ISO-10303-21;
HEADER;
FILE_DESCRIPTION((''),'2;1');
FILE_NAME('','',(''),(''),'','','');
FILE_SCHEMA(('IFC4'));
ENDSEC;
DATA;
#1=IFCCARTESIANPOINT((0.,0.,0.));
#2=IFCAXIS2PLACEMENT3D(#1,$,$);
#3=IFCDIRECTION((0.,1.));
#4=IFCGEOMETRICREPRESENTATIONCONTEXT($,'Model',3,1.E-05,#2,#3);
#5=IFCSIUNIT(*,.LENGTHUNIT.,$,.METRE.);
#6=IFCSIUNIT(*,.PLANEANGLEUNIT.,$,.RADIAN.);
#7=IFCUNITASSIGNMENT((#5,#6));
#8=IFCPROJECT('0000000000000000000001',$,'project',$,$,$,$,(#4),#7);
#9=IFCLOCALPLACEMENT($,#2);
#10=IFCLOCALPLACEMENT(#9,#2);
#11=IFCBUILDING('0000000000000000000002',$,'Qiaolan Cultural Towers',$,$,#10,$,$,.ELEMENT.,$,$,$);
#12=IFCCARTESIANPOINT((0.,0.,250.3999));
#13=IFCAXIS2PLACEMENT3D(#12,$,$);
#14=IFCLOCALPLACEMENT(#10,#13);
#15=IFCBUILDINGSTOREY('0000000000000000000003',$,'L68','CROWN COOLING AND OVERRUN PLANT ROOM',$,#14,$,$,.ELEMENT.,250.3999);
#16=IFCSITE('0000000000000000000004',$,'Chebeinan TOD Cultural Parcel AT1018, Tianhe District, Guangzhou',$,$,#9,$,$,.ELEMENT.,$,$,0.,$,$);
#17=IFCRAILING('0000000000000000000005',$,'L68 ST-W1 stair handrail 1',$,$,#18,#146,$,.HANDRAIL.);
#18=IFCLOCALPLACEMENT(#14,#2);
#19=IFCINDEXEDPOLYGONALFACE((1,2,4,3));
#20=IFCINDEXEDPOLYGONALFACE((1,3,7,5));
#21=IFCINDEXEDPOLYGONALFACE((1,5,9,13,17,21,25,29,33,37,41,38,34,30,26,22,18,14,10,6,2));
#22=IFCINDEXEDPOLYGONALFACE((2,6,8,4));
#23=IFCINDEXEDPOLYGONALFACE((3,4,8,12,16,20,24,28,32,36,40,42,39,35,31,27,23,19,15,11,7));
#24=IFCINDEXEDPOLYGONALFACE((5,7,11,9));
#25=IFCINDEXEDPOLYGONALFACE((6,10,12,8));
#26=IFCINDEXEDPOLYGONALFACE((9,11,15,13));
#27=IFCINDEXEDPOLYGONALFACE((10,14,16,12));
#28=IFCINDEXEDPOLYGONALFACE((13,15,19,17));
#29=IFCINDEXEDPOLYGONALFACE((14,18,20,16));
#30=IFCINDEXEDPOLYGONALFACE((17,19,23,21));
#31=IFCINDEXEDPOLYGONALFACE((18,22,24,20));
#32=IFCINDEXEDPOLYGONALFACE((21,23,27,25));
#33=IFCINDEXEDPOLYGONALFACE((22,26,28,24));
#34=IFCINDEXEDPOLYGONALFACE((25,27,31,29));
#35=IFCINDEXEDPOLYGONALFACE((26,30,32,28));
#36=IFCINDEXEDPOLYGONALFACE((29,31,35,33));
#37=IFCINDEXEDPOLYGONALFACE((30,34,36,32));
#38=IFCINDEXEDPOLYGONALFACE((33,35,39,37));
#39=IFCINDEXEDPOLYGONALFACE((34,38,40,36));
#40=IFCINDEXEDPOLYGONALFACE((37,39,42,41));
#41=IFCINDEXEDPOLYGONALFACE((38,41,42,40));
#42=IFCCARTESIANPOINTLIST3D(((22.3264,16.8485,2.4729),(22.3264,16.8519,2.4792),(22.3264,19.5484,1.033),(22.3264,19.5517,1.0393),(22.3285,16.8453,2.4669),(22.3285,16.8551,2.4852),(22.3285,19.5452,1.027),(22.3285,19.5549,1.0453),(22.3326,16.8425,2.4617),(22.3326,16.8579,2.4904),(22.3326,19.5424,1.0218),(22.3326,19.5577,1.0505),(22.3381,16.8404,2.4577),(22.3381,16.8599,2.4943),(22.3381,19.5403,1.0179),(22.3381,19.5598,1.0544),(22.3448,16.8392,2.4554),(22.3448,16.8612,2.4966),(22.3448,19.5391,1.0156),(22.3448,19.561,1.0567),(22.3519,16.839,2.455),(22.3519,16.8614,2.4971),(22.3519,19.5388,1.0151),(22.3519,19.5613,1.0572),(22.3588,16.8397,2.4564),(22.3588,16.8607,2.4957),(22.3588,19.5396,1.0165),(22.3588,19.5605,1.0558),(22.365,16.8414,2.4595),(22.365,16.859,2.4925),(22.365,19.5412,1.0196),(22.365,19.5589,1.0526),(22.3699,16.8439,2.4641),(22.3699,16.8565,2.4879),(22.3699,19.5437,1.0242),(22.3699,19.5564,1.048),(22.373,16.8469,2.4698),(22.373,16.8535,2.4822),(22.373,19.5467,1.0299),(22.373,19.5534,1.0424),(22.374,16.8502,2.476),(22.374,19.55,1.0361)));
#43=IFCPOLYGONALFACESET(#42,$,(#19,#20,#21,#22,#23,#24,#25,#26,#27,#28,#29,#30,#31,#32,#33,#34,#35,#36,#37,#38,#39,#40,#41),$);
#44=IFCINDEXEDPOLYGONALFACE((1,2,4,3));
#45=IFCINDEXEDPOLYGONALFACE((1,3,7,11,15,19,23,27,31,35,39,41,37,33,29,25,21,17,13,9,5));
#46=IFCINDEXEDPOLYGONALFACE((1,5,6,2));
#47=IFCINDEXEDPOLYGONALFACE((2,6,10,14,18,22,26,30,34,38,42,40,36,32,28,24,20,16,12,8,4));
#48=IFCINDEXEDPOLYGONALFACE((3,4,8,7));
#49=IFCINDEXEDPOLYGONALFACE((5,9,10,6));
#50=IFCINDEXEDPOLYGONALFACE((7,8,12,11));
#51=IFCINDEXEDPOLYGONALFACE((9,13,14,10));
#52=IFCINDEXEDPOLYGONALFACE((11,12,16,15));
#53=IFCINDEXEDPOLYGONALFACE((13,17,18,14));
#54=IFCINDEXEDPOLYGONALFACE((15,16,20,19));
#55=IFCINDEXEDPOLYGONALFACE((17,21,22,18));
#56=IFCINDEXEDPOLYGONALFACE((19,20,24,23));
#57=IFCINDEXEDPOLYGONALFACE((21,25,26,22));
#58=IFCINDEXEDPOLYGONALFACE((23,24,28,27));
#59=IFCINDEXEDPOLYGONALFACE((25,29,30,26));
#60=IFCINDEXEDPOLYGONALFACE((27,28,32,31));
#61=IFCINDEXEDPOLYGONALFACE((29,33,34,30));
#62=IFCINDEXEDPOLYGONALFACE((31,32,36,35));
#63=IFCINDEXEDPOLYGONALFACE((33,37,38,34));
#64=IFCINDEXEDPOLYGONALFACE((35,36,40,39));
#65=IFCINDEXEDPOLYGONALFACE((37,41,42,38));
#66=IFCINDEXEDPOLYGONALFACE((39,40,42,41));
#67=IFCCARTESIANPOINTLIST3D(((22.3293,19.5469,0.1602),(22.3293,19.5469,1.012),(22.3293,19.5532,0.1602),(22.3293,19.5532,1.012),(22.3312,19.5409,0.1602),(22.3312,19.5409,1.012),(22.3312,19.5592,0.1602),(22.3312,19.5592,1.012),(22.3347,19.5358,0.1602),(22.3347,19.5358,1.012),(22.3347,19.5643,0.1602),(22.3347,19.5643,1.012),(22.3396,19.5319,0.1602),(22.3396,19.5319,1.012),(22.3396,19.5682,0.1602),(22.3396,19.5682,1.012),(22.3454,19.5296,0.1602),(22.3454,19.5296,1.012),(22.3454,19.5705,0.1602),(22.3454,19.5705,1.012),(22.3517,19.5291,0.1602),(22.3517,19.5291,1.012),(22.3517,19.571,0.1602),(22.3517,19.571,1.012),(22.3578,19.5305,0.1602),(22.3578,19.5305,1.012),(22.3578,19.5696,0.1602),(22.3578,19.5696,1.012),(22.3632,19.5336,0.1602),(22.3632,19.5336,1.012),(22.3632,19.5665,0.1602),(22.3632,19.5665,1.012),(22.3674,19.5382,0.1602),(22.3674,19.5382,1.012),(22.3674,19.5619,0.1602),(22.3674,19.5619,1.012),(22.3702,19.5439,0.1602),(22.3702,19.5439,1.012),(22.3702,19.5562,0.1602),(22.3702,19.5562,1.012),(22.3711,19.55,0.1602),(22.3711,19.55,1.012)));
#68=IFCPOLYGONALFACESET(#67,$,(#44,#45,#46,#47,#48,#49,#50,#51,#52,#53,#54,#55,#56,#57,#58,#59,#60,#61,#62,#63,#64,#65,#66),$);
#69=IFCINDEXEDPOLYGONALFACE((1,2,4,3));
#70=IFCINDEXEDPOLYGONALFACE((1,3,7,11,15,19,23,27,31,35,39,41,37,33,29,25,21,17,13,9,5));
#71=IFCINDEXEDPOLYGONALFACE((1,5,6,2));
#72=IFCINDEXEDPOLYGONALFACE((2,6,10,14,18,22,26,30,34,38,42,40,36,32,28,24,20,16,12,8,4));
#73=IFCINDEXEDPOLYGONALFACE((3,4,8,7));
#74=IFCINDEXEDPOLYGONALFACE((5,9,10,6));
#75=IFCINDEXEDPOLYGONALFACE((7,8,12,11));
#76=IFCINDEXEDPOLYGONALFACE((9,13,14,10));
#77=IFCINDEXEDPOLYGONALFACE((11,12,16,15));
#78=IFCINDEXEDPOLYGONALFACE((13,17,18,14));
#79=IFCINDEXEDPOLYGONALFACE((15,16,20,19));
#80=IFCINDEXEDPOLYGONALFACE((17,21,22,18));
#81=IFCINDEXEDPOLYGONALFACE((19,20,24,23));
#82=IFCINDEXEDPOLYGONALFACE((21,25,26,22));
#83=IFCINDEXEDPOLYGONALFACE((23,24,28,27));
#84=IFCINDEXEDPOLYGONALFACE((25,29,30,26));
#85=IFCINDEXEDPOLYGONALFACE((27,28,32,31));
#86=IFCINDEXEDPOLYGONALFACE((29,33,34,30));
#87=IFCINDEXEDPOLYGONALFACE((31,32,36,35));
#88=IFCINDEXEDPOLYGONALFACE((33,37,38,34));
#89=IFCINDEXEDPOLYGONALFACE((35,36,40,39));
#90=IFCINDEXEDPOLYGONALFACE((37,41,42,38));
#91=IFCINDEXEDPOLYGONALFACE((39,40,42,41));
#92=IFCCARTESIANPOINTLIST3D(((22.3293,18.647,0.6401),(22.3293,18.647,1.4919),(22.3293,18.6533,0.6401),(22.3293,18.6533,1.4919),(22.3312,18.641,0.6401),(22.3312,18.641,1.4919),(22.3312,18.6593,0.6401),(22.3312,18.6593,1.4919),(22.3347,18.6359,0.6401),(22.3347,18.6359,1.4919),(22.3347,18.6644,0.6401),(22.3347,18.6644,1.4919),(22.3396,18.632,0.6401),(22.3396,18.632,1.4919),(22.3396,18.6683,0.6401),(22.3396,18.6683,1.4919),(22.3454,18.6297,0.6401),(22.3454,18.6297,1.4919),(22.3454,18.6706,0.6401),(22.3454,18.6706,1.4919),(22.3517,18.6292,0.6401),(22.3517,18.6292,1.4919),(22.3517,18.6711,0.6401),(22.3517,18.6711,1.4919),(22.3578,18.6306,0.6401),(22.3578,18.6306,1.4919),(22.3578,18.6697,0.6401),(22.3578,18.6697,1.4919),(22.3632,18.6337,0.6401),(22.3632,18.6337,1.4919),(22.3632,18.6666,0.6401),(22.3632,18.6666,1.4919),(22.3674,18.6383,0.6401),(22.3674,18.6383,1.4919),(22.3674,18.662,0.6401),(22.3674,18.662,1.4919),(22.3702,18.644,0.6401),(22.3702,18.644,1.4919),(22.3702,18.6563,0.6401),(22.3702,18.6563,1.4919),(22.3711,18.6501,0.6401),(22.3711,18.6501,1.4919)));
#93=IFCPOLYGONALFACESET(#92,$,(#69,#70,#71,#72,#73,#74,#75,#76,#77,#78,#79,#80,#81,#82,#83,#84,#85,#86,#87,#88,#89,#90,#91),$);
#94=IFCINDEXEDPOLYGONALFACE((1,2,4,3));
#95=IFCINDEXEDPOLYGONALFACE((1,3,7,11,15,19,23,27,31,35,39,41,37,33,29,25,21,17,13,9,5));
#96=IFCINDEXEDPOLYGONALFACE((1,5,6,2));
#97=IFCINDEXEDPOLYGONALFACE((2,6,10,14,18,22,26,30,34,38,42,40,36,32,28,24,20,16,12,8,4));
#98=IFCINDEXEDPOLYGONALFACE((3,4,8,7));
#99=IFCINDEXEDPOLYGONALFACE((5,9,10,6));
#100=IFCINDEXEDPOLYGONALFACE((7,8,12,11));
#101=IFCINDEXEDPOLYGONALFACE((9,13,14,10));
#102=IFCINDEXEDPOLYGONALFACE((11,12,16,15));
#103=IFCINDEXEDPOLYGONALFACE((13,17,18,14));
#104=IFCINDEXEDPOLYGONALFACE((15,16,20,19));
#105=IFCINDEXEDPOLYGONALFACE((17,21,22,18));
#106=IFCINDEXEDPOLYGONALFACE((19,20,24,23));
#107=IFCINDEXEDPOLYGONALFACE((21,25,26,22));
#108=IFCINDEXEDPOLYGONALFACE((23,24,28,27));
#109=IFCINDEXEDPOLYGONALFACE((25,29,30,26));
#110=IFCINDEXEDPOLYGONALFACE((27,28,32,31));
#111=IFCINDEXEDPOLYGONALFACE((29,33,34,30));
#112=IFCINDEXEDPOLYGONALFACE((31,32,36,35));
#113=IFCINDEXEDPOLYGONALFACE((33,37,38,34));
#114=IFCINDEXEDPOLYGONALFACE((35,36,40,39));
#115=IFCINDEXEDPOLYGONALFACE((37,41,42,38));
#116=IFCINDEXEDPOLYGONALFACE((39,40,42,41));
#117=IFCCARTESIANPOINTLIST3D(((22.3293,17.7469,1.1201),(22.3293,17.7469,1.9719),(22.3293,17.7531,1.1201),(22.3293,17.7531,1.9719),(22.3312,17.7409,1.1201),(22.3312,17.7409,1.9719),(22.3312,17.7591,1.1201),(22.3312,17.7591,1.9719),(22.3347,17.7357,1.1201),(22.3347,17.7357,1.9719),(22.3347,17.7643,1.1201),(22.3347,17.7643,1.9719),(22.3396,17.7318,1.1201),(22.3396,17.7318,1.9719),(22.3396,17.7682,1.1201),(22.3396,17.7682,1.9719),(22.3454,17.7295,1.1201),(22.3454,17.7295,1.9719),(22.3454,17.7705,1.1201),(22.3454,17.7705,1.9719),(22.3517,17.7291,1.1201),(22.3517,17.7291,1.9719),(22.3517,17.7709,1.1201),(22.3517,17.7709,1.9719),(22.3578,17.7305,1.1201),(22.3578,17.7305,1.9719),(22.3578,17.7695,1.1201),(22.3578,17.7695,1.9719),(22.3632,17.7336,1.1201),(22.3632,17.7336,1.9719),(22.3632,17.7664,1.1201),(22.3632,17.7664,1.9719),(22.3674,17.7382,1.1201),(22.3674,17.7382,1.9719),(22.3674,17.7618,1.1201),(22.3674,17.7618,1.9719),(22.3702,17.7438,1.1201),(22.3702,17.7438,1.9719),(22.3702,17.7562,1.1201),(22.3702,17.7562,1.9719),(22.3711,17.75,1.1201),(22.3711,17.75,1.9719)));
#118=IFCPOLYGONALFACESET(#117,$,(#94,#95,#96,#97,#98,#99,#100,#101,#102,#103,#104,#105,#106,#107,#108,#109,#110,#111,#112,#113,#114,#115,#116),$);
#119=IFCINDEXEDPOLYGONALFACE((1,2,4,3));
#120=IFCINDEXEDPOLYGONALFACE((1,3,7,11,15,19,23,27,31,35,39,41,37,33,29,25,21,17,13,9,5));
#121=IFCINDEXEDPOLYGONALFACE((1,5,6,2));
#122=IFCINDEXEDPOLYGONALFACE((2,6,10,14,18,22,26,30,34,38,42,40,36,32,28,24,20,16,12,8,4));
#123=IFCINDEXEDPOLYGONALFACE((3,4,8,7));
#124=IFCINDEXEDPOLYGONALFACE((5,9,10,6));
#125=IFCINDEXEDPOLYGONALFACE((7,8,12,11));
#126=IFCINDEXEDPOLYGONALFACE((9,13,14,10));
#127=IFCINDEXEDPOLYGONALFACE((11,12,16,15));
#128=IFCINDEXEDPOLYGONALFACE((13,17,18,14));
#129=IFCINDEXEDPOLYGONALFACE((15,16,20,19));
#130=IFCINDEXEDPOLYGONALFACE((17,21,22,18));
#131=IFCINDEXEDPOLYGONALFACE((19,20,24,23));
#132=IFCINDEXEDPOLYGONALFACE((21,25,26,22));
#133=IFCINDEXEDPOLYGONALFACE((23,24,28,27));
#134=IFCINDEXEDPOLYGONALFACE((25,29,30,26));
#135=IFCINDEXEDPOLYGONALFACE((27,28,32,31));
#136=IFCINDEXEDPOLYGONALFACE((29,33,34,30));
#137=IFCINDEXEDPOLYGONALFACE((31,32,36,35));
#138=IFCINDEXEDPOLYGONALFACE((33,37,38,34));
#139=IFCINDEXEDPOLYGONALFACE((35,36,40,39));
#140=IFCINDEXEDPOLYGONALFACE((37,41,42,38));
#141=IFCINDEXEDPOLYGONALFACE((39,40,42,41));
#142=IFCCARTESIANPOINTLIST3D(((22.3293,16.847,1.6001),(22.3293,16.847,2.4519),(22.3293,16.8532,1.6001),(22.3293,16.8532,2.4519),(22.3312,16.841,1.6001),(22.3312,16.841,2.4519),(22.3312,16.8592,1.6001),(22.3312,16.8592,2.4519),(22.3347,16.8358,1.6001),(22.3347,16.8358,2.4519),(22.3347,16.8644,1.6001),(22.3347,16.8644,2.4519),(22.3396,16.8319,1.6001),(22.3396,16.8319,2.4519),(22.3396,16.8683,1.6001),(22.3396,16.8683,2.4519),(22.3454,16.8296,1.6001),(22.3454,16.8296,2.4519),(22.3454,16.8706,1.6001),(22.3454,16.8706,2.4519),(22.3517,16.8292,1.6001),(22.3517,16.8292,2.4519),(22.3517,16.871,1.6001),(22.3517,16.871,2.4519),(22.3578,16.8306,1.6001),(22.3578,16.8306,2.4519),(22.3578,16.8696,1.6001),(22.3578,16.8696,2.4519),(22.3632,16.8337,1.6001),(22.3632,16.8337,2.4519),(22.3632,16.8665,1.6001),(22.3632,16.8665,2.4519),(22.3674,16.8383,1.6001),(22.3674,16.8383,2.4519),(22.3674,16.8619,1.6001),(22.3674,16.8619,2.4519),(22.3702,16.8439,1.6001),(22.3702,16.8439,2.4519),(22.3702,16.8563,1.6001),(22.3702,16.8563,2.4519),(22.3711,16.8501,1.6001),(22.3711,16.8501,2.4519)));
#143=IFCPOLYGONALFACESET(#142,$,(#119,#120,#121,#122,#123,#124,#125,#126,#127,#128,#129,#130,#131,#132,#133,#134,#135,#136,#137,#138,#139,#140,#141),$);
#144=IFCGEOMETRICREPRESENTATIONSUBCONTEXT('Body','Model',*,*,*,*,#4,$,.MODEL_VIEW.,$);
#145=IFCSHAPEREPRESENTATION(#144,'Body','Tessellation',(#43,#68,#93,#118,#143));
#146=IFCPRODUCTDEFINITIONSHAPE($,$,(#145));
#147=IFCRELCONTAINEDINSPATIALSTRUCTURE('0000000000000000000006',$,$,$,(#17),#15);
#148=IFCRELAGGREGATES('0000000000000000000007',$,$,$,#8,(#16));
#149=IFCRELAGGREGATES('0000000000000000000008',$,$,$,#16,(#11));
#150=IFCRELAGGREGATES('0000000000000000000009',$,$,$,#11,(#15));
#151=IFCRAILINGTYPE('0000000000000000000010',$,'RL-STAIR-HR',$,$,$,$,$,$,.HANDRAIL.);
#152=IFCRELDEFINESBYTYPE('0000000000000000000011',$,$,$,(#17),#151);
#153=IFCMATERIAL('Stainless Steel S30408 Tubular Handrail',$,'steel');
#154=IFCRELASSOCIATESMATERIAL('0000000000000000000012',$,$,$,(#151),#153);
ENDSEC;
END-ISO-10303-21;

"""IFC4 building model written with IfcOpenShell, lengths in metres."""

from ifc_helpers import new_model, si_unit, direction, frame, origin, origin_2d, place, context, subcontext, project, spatial, circle, extrude, material, type_object, element, save


model = new_model("IFC4")

# Units and contexts
model_context = context("Model", 3, precision=1e-05, world=origin(), true_north=direction((0.0, 1.0)))
body_context = subcontext(model_context, "Body", "Model", "MODEL_VIEW")
ifc_project = project(units=[si_unit("LENGTHUNIT", "METRE"), si_unit("PLANEANGLEUNIT", "RADIAN")], contexts=[model_context])

# Site, building, storey
site_placement = place(None, origin())
site = spatial("IfcSite", under=ifc_project, at=site_placement, Name="Chebeinan TOD Cultural Parcel AT1018, Tianhe District, Guangzhou", CompositionType="ELEMENT", RefElevation=0.0)
building_placement = place(site_placement, origin())
building = spatial("IfcBuilding", under=site, at=building_placement, Name="Qiaolan Cultural Towers", CompositionType="ELEMENT")
storey_placement = place(building_placement, frame((0.0, 0.0, 250.3999)))
storey = spatial("IfcBuildingStorey", under=building, at=storey_placement, Name="L68", Description="CROWN COOLING AND OVERRUN PLANT ROOM", CompositionType="ELEMENT", Elevation=250.3999)

# Railing
ifc_material_1 = material(Name="Stainless Steel S30408 Tubular Handrail", Category="steel")
railing_type_1 = type_object("IfcRailingType", Name="RL-STAIR-HR", PredefinedType="HANDRAIL", material=ifc_material_1)
railing_1_placement = place(storey_placement, frame((22.3501, 19.55, 0.1602)))
element("IfcRailing", 1, at=railing_1_placement, inside=storey, type_object=railing_type_1, Name="L68 ST-W1 stair handrail 1", PredefinedType="HANDRAIL", context=body_context, shape_type="SweptSolid", body=[
    extrude(circle(Radius=0.0239, at=origin_2d()), frame((0.0, 0.0, 0.876), z_axis=(0.0, -0.882357, 0.47058), x_axis=(1.0, 0.0, 0.0)), (0.0, 0.0, 1.0), 3.0598),
    extrude(circle(Radius=0.021, at=origin_2d()), origin(), (0.0, 0.0, 1.0), 0.8518),
    extrude(circle(Radius=0.021, at=origin_2d()), frame((0.0, -0.8999, 0.48)), (0.0, 0.0, 1.0), 0.8518),
    extrude(circle(Radius=0.021, at=origin_2d()), frame((0.0, -1.8, 0.96)), (0.0, 0.0, 1.0), 0.8518),
    extrude(circle(Radius=0.021, at=origin_2d()), frame((0.0, -2.7, 1.4399)), (0.0, 0.0, 1.0), 0.8518),
])

save(model, "model.ifc")
